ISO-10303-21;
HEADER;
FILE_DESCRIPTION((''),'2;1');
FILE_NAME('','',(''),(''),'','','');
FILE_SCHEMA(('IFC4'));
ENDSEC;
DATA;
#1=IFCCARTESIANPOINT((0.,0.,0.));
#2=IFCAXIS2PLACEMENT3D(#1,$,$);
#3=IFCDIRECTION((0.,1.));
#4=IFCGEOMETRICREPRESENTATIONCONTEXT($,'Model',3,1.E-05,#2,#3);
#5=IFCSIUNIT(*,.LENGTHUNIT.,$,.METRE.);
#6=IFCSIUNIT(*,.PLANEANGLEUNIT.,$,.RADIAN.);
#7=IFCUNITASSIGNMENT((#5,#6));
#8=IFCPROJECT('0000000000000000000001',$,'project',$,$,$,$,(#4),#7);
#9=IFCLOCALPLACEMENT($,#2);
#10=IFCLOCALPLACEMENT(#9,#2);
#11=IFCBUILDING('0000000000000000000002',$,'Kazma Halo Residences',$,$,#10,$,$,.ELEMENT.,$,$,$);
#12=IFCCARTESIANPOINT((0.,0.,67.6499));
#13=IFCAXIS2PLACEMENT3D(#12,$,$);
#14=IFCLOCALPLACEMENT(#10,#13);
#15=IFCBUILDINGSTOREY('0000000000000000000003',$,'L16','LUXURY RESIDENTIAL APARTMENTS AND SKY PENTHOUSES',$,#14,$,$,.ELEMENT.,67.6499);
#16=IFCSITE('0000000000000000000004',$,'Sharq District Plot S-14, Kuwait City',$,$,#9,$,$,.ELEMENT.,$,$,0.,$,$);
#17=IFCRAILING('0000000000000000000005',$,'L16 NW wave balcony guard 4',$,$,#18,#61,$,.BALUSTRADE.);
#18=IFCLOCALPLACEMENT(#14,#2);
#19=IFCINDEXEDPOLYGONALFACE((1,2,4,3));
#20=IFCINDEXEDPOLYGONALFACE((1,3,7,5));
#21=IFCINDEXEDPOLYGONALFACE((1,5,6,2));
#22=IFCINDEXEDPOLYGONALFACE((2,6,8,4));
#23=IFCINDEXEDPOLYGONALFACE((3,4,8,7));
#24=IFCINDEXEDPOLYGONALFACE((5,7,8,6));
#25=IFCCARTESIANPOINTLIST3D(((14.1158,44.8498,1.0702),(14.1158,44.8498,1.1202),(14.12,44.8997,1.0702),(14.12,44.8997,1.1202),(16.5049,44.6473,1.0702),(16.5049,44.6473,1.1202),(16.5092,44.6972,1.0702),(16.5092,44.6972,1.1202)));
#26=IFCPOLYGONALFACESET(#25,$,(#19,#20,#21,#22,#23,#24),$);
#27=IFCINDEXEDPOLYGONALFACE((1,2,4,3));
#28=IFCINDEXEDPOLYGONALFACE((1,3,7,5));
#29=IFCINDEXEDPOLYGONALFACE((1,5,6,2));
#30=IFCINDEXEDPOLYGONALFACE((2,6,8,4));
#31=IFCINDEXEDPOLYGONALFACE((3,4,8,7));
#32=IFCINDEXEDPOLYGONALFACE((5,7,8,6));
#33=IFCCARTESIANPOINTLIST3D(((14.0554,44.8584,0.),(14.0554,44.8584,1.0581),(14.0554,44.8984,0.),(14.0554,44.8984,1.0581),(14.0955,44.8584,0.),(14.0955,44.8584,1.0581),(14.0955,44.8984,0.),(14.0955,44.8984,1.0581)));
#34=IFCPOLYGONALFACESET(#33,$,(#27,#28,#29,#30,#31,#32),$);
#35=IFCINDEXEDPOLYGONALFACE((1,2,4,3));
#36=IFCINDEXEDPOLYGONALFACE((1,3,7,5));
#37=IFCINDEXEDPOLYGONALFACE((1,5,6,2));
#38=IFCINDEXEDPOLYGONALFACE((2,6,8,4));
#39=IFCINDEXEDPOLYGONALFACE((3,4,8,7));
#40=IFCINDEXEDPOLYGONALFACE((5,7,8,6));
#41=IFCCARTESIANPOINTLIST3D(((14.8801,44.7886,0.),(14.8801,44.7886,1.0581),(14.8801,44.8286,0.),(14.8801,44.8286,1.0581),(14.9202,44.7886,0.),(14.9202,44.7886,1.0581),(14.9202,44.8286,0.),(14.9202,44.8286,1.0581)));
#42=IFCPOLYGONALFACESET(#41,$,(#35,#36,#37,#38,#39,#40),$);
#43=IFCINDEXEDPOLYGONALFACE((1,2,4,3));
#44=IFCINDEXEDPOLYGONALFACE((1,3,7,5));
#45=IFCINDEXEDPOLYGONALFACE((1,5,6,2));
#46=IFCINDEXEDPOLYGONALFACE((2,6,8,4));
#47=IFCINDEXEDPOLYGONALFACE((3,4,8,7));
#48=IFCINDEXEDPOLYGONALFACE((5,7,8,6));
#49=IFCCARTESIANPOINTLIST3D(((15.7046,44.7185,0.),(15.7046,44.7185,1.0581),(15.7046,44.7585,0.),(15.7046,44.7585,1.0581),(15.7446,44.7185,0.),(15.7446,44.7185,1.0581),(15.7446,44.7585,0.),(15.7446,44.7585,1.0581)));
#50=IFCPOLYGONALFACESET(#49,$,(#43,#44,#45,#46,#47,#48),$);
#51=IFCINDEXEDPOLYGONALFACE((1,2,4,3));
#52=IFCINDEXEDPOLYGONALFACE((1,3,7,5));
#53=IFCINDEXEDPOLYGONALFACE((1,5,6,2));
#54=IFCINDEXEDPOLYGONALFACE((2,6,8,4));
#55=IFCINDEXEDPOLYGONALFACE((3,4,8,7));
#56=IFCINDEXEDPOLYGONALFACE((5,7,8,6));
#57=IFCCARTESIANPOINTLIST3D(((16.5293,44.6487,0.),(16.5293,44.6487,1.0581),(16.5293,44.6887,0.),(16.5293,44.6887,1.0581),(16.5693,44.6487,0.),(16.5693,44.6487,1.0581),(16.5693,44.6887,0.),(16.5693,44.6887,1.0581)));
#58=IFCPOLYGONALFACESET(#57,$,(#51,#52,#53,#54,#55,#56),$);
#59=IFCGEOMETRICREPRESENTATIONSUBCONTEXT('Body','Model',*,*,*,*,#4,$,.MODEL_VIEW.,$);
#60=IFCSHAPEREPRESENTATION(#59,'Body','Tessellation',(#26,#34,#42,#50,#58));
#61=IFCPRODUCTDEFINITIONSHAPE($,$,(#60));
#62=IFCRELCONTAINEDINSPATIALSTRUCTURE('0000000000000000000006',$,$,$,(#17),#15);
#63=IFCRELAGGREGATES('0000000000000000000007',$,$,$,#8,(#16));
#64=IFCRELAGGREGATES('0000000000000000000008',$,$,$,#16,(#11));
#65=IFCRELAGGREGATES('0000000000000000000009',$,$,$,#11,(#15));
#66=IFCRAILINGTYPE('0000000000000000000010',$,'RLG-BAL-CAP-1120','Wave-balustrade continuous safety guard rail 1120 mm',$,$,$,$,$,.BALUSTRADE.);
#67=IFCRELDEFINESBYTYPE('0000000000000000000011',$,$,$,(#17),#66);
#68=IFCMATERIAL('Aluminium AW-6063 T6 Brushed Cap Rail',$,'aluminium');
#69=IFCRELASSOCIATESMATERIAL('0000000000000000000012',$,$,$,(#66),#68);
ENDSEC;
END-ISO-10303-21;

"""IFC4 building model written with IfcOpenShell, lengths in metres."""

from ifc_helpers import new_model, si_unit, direction, frame, origin, origin_2d, place, context, subcontext, project, spatial, rectangle, extrude, material, type_object, element, save


model = new_model("IFC4")

# Units and contexts
model_context = context("Model", 3, precision=1e-05, world=origin(), true_north=direction((0.0, 1.0)))
body_context = subcontext(model_context, "Body", "Model", "MODEL_VIEW")
ifc_project = project(units=[si_unit("LENGTHUNIT", "METRE"), si_unit("PLANEANGLEUNIT", "RADIAN")], contexts=[model_context])

# Site, building, storey
site_placement = place(None, origin())
site = spatial("IfcSite", under=ifc_project, at=site_placement, Name="Sharq District Plot S-14, Kuwait City", CompositionType="ELEMENT", RefElevation=0.0)
building_placement = place(site_placement, origin())
building = spatial("IfcBuilding", under=site, at=building_placement, Name="Kazma Halo Residences", CompositionType="ELEMENT")
storey_placement = place(building_placement, frame((0.0, 0.0, 67.6499)))
storey = spatial("IfcBuildingStorey", under=building, at=storey_placement, Name="L16", Description="LUXURY RESIDENTIAL APARTMENTS AND SKY PENTHOUSES", CompositionType="ELEMENT", Elevation=67.6499)

# Railing
ifc_material_1 = material(Name="Aluminium AW-6063 T6 Brushed Cap Rail", Category="aluminium")
railing_type = type_object("IfcRailingType", Name="RLG-BAL-CAP-1120", Description="Wave-balustrade continuous safety guard rail 1120 mm", PredefinedType="BALUSTRADE", material=ifc_material_1)
railing_placement = place(storey_placement, frame((14.0754, 44.8784, 0.0)))
element("IfcRailing", 1, at=railing_placement, inside=storey, type_object=railing_type, Name="L16 NW wave balcony guard 4", PredefinedType="BALUSTRADE", context=body_context, shape_type="SweptSolid", body=[
    extrude(rectangle(XDim=0.05, YDim=0.05, at=origin_2d()), frame((0.0425, -0.0037, 1.0952), z_axis=(0.996426, -0.08447, 0.0), x_axis=(0.08447, 0.996426, 0.0)), (0.0, 0.0, 1.0), 2.3977),
    extrude(rectangle(XDim=0.04, YDim=0.04, at=origin_2d()), origin(), (0.0, 0.0, 1.0), 1.0581),
    extrude(rectangle(XDim=0.04, YDim=0.04, at=origin_2d()), frame((0.8247, -0.0698, 0.0)), (0.0, 0.0, 1.0), 1.0581),
    extrude(rectangle(XDim=0.04, YDim=0.04, at=origin_2d()), frame((1.6492, -0.1399, 0.0)), (0.0, 0.0, 1.0), 1.0581),
    extrude(rectangle(XDim=0.04, YDim=0.04, at=origin_2d()), frame((2.4739, -0.2097, 0.0)), (0.0, 0.0, 1.0), 1.0581),
])

save(model, "model.ifc")
